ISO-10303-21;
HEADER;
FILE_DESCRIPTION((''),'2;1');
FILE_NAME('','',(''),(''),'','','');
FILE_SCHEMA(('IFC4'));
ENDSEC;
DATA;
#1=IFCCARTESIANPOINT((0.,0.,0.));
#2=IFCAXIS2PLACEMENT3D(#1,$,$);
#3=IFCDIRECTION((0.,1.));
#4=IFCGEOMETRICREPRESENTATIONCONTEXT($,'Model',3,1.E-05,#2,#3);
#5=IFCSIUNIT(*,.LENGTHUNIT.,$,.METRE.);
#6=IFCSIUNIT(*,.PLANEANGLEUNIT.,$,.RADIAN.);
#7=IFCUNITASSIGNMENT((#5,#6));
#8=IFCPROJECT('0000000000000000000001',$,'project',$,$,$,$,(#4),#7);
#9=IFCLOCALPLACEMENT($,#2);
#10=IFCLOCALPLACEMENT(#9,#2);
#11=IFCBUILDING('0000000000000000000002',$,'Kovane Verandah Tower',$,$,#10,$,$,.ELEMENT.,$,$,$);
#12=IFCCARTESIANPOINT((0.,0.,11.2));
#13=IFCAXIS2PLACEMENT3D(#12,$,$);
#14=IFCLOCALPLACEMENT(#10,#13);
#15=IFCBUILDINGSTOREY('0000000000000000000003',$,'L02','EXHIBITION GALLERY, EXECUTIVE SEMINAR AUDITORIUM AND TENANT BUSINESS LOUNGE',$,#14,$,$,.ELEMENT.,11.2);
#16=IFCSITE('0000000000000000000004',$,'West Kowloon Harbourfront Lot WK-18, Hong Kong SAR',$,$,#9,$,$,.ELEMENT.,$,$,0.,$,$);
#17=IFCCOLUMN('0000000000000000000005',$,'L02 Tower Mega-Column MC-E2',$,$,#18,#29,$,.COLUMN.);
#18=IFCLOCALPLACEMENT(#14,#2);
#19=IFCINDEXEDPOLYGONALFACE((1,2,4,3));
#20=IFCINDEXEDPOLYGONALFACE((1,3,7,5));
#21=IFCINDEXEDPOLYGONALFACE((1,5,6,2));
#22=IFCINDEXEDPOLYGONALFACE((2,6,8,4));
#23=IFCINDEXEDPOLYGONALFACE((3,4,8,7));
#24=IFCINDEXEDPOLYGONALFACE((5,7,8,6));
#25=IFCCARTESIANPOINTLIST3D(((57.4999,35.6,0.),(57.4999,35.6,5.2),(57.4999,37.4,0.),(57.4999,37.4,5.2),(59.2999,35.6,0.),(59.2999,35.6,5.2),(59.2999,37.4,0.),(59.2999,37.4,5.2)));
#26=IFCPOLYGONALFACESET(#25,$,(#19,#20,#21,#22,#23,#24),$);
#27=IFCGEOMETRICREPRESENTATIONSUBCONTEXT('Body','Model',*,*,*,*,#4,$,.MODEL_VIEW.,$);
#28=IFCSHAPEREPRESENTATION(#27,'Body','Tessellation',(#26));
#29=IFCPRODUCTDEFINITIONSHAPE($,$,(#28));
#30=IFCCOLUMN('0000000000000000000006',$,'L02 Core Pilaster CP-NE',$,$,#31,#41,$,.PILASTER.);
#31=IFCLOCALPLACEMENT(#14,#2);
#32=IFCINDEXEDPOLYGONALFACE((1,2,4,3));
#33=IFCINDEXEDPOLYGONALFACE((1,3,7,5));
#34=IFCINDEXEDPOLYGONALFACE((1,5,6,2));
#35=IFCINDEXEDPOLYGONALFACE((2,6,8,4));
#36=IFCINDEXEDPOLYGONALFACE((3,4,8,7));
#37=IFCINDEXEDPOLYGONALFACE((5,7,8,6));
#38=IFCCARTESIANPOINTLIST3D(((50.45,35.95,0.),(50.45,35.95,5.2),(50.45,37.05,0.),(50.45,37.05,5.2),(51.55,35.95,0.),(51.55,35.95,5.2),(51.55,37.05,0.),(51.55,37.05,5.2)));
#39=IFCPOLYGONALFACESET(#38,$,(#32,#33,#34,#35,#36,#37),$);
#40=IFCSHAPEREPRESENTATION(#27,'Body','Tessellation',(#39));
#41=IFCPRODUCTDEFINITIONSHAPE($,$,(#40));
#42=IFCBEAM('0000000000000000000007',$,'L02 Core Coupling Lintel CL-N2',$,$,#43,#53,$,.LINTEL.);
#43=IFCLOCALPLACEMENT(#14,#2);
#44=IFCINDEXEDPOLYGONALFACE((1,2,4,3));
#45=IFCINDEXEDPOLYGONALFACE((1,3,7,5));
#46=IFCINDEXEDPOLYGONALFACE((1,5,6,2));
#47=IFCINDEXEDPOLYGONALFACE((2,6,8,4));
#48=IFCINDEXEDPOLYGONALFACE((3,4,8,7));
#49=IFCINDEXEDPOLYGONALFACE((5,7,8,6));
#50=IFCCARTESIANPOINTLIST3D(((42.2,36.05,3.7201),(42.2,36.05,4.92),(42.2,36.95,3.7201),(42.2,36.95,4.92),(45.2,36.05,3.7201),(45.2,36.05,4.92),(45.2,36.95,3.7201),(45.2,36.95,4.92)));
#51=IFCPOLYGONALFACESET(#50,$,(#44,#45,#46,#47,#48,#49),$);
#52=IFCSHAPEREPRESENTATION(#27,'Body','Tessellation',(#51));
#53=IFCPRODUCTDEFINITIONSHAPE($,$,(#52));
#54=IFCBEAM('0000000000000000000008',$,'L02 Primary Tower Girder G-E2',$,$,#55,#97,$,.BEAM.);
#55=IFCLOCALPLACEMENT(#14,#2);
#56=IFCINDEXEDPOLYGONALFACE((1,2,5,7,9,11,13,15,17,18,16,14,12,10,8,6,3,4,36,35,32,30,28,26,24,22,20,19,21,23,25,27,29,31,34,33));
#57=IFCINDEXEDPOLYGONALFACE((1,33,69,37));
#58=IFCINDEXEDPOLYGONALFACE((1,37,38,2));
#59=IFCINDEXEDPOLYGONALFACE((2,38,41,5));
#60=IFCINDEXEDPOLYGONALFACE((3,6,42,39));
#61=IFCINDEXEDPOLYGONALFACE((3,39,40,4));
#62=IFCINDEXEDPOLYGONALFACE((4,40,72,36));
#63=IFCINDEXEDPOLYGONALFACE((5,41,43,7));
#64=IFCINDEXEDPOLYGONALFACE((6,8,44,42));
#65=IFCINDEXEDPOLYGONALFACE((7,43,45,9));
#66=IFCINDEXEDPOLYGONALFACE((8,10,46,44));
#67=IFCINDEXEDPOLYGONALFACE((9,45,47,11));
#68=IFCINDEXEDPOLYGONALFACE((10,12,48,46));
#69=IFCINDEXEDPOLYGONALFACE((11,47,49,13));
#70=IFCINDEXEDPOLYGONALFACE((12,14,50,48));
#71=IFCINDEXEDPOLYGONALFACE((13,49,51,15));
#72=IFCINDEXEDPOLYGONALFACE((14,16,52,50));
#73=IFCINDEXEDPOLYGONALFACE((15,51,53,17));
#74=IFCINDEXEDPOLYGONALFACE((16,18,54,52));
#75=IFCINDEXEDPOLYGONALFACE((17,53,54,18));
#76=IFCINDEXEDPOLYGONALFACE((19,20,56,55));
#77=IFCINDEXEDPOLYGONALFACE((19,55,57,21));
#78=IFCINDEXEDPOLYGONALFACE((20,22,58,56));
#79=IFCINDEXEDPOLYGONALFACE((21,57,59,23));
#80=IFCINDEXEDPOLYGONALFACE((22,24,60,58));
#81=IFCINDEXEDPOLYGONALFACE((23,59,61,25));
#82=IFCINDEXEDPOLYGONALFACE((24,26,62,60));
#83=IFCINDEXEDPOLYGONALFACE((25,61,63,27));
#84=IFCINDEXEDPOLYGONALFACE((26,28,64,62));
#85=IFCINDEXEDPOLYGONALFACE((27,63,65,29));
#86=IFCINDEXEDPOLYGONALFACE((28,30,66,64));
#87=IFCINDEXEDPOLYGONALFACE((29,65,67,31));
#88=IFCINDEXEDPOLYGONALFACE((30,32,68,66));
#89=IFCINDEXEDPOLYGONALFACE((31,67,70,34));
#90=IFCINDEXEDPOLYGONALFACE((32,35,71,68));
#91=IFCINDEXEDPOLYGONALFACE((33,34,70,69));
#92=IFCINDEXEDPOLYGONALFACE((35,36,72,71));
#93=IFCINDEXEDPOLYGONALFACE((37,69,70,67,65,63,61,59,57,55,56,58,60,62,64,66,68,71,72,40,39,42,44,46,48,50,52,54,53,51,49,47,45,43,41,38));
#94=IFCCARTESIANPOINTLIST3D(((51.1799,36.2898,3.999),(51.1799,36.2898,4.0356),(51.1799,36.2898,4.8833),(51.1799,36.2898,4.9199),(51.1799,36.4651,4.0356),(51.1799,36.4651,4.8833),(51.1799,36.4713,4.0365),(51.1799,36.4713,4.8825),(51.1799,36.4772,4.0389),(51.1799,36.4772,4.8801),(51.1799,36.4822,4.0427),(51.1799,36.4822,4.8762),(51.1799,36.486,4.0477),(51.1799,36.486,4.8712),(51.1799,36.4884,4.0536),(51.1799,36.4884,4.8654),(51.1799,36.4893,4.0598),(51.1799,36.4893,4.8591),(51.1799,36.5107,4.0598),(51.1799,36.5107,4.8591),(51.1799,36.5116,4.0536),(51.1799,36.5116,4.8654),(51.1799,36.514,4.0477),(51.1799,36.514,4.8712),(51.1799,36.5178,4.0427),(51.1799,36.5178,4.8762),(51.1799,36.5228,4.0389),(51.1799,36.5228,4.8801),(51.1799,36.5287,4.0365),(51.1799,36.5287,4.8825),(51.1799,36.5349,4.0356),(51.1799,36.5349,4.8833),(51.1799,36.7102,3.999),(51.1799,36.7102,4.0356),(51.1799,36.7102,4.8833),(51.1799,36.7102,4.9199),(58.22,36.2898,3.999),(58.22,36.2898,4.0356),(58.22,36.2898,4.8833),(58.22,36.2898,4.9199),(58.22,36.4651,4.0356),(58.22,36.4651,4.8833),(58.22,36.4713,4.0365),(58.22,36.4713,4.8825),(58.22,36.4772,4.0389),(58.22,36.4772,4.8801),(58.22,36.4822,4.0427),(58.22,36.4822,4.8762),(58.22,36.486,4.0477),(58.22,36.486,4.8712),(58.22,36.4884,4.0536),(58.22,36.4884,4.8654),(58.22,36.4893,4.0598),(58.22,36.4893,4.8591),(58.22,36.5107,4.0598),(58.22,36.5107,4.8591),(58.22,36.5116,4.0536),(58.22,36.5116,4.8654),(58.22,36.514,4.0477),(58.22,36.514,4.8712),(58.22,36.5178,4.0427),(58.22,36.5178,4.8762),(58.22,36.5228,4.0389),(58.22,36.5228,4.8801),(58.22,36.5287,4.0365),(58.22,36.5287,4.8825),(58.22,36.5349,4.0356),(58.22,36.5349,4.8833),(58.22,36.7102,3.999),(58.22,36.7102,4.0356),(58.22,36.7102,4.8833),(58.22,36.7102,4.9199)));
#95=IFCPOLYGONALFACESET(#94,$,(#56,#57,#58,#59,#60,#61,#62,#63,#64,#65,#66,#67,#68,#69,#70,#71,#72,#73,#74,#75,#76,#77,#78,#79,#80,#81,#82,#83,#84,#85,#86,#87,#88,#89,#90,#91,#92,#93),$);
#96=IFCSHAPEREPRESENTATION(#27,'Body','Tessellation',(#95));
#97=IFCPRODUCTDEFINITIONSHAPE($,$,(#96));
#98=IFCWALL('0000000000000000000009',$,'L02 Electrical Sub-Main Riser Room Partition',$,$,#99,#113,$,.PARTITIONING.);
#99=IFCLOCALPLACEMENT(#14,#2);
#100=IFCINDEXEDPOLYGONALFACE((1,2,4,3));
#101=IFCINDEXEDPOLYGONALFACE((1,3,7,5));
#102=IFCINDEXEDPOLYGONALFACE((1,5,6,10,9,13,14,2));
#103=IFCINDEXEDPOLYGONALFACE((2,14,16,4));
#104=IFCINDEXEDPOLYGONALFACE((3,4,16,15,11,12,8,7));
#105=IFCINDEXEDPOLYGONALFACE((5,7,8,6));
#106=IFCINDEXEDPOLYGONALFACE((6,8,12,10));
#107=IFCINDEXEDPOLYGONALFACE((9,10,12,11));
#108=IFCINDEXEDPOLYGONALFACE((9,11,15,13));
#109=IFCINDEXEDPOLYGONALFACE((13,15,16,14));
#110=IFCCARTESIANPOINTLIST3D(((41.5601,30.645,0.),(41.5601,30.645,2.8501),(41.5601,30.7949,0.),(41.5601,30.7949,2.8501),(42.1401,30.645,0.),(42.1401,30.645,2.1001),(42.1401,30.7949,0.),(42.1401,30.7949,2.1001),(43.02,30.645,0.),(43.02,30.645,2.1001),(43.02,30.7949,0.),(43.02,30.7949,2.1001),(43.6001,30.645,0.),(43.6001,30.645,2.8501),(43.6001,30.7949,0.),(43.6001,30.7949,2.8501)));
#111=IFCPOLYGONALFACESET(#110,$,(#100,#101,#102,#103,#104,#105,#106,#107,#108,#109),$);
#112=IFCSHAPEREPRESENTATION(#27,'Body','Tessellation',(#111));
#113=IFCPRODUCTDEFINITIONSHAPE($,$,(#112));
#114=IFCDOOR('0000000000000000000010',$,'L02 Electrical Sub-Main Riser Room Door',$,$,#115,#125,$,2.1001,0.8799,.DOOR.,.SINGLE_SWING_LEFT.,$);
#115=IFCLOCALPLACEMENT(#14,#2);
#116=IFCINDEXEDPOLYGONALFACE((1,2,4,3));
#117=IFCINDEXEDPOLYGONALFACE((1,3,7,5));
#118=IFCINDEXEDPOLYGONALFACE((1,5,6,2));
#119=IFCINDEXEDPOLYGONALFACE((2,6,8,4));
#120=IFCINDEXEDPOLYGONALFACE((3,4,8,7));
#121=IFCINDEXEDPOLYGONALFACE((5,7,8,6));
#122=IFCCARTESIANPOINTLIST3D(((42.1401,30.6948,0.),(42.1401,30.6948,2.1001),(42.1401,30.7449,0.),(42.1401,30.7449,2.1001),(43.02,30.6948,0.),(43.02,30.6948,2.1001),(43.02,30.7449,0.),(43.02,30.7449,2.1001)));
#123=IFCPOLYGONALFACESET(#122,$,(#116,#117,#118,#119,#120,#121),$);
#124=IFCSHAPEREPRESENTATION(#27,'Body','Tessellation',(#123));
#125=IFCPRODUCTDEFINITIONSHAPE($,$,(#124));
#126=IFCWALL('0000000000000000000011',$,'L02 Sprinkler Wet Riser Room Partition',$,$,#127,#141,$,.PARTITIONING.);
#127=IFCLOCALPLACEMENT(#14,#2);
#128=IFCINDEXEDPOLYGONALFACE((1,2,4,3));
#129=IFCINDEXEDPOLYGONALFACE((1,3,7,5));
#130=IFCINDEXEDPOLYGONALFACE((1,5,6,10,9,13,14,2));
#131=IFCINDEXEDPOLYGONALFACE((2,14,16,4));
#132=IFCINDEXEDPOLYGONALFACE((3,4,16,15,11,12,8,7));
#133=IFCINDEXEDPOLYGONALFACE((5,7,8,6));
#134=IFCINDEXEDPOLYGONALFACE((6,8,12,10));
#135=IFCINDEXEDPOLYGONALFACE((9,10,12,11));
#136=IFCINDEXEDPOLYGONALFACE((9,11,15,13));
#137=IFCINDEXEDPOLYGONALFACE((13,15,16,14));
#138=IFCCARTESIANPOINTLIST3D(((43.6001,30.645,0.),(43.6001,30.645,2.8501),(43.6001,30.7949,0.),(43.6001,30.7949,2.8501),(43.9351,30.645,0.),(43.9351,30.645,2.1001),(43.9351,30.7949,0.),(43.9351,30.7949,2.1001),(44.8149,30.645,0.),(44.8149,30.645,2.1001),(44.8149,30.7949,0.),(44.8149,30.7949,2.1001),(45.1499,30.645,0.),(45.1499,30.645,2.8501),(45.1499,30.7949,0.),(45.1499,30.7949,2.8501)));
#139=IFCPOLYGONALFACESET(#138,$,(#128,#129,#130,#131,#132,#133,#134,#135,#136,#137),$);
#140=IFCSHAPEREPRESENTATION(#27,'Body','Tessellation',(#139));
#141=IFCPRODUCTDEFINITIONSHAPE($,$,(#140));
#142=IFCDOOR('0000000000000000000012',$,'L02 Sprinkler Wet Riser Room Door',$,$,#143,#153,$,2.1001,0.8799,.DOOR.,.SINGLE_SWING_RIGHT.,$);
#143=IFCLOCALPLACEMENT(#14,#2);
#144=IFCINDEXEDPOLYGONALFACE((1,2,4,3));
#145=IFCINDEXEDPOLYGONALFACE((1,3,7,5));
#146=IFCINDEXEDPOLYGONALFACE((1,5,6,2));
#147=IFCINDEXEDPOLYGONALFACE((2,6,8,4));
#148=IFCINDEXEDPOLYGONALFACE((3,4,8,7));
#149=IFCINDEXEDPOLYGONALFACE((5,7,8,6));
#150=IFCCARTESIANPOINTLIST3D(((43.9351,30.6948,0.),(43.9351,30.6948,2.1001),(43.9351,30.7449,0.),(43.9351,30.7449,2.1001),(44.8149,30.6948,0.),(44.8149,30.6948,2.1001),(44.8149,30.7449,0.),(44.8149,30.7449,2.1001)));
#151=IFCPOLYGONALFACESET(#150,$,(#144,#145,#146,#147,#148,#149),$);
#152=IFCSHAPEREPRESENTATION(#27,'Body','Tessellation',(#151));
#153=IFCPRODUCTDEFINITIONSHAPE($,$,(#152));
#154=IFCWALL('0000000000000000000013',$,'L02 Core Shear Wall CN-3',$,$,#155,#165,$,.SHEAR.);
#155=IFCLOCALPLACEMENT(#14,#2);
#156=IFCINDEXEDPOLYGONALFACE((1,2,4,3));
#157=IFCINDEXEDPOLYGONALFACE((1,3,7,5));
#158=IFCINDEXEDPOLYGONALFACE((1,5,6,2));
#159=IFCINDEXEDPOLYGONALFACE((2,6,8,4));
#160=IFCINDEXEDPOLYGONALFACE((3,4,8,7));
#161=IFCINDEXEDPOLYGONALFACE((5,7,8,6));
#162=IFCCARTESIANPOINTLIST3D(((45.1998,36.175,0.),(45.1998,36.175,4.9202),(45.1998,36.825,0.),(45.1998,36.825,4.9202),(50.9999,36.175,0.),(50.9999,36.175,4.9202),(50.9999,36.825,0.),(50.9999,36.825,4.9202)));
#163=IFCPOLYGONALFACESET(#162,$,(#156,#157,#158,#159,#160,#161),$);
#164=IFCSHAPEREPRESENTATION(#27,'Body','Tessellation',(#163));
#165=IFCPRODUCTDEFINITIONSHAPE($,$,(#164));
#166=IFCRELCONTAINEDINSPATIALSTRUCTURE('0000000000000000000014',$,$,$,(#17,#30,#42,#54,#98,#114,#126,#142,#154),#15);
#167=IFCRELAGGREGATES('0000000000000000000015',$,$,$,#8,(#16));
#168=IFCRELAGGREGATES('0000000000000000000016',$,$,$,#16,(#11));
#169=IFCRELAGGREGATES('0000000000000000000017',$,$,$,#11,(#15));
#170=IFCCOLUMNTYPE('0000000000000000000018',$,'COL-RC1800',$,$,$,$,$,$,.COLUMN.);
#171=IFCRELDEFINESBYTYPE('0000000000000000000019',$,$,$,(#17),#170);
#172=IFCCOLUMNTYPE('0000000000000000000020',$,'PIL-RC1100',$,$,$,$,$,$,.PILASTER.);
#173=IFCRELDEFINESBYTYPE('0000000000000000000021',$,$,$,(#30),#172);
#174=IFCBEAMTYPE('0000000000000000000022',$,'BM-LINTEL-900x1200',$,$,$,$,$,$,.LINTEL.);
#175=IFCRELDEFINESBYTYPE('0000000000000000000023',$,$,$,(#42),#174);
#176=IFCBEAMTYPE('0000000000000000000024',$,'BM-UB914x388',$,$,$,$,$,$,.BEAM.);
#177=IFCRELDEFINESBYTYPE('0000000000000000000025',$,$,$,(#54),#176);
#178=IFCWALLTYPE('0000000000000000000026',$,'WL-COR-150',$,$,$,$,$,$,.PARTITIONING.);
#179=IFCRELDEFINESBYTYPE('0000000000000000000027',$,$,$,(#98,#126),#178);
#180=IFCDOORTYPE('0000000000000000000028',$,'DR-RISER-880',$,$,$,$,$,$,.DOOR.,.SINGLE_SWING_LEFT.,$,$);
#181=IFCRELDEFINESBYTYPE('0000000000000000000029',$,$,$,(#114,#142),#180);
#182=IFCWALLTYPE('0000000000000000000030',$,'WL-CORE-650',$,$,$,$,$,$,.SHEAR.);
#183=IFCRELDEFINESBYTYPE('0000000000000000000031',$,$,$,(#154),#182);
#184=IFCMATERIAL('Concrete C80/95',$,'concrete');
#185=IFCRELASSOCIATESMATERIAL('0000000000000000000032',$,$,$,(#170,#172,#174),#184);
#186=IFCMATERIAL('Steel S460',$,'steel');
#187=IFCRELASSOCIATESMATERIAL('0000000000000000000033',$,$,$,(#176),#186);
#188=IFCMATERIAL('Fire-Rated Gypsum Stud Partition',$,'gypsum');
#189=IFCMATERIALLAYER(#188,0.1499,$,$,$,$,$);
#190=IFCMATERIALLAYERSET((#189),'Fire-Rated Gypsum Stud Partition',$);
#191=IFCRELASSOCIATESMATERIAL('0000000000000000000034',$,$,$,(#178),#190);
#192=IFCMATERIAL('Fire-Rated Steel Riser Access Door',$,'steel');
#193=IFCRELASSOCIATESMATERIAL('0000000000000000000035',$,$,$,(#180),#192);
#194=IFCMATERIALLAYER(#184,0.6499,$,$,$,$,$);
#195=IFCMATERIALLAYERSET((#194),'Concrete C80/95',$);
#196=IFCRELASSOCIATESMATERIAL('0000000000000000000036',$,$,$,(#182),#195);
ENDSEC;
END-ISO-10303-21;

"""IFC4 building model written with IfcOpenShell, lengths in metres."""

from ifc_helpers import new_model, si_unit, direction, frame, frame_2d, origin, origin_2d, place, context, subcontext, project, spatial, rectangle, i_section, extrude, material, layer, layer_set, material_profile, profile_set, type_object, element, fill, save


model = new_model("IFC4")

# Units and contexts
model_context = context("Model", 3, precision=1e-05, world=origin(), true_north=direction((0.0, 1.0)))
body_context = subcontext(model_context, "Body", "Model", "MODEL_VIEW")
ifc_project = project(units=[si_unit("LENGTHUNIT", "METRE"), si_unit("PLANEANGLEUNIT", "RADIAN")], contexts=[model_context])

# Site, building, storey
site_placement = place(None, origin())
site = spatial("IfcSite", under=ifc_project, at=site_placement, Name="West Kowloon Harbourfront Lot WK-18, Hong Kong SAR", CompositionType="ELEMENT", RefElevation=0.0)
building_placement = place(site_placement, origin())
building = spatial("IfcBuilding", under=site, at=building_placement, Name="Kovane Verandah Tower", CompositionType="ELEMENT")
storey_placement = place(building_placement, frame((0.0, 0.0, 11.2)))
storey = spatial("IfcBuildingStorey", under=building, at=storey_placement, Name="L02", Description="EXHIBITION GALLERY, EXECUTIVE SEMINAR AUDITORIUM AND TENANT BUSINESS LOUNGE", CompositionType="ELEMENT", Elevation=11.2)

# Columns
ifc_material_1 = material(Name="Concrete C80/95", Category="concrete")
ifc_material_profile_1 = material_profile(ifc_material_1, rectangle(XDim=1.8, YDim=1.8, at=origin_2d()), Name="RC1800x1800")
ifc_profile_set_1 = profile_set([ifc_material_profile_1], Name="Concrete C80/95")
column_type_1 = type_object("IfcColumnType", Name="COL-RC1800", PredefinedType="COLUMN", material=ifc_profile_set_1)
column_1_placement = place(storey_placement, frame((58.3999, 36.5, 0.0), z_axis=(0.0, 0.0, 1.0), x_axis=(1.0, 0.0, 0.0)))
element("IfcColumn", 1, at=column_1_placement, inside=storey, type_object=column_type_1, Name="L02 Tower Mega-Column MC-E2", PredefinedType="COLUMN", context=body_context, shape_type="SweptSolid", body=[
    extrude(rectangle(XDim=1.8, YDim=1.8, at=origin_2d()), origin(), (0.0, 0.0, 1.0), 5.2),
])
ifc_material_profile_2 = material_profile(ifc_material_1, rectangle(XDim=1.1001, YDim=1.1001, at=origin_2d()), Name="RC1100x1100")
ifc_profile_set_2 = profile_set([ifc_material_profile_2], Name="Concrete C80/95")
column_type_2 = type_object("IfcColumnType", Name="PIL-RC1100", PredefinedType="PILASTER", material=ifc_profile_set_2)
column_2_placement = place(storey_placement, frame((51.0, 36.5, 0.0), z_axis=(0.0, 0.0, 1.0), x_axis=(1.0, 0.0, 0.0)))
element("IfcColumn", 2, at=column_2_placement, inside=storey, type_object=column_type_2, Name="L02 Core Pilaster CP-NE", PredefinedType="PILASTER", context=body_context, shape_type="SweptSolid", body=[
    extrude(rectangle(XDim=1.1001, YDim=1.1001, at=origin_2d()), origin(), (0.0, 0.0, 1.0), 5.2),
])

# Beams
ifc_material_profile_3 = material_profile(ifc_material_1, rectangle(XDim=0.8999, YDim=1.2, at=origin_2d()), Name="RCB900x1200")
ifc_profile_set_3 = profile_set([ifc_material_profile_3], Name="Concrete C80/95")
beam_type_1 = type_object("IfcBeamType", Name="BM-LINTEL-900x1200", PredefinedType="LINTEL", material=ifc_profile_set_3)
beam_1_placement = place(storey_placement, frame((42.2, 36.5, 4.3201), z_axis=(1.0, 0.0, 0.0), x_axis=(0.0, 1.0, 0.0)))
element("IfcBeam", 3, at=beam_1_placement, inside=storey, type_object=beam_type_1, Name="L02 Core Coupling Lintel CL-N2", PredefinedType="LINTEL", context=body_context, shape_type="SweptSolid", body=[
    extrude(rectangle(XDim=0.8999, YDim=1.2, at=origin_2d()), origin(), (0.0, 0.0, 1.0), 3.0),
])
ifc_material_2 = material(Name="Steel S460", Category="steel")
ifc_material_profile_4 = material_profile(ifc_material_2, i_section(OverallWidth=0.4204, OverallDepth=0.9209, WebThickness=0.0215, FlangeThickness=0.0366, FilletRadius=0.0242, at=origin_2d()), Name="UB914x419x388")
ifc_profile_set_4 = profile_set([ifc_material_profile_4], Name="Steel S460")
beam_type_2 = type_object("IfcBeamType", Name="BM-UB914x388", PredefinedType="BEAM", material=ifc_profile_set_4)
beam_2_placement = place(storey_placement, frame((51.1799, 36.5, 4.4595), z_axis=(1.0, 0.0, 0.0), x_axis=(0.0, 1.0, 0.0)))
element("IfcBeam", 4, at=beam_2_placement, inside=storey, type_object=beam_type_2, Name="L02 Primary Tower Girder G-E2", PredefinedType="BEAM", context=body_context, shape_type="SweptSolid", body=[
    extrude(i_section(OverallWidth=0.4204, OverallDepth=0.9209, WebThickness=0.0215, FlangeThickness=0.0366, FilletRadius=0.0242, at=origin_2d()), origin(), (0.0, 0.0, 1.0), 7.04),
])

# Walls, openings, doors
ifc_material_3 = material(Name="Fire-Rated Gypsum Stud Partition", Category="gypsum")
ifc_layer_1 = layer(ifc_material_3, 0.1499)
ifc_layer_set_1 = layer_set([ifc_layer_1], Name="Fire-Rated Gypsum Stud Partition")
wall_type_1 = type_object("IfcWallType", Name="WL-COR-150", PredefinedType="PARTITIONING", material=ifc_layer_set_1)
wall_1_placement = place(storey_placement, frame((41.5601, 30.72, 0.0), z_axis=(0.0, 0.0, 1.0), x_axis=(1.0, 0.0, 0.0)))
wall_1 = element("IfcWall", 5, at=wall_1_placement, inside=storey, type_object=wall_type_1, Name="L02 Electrical Sub-Main Riser Room Partition", PredefinedType="PARTITIONING", context=body_context, shape_type="SweptSolid", body=[
    extrude(rectangle(XDim=2.04, YDim=0.1499, at=frame_2d((1.02, 0.0))), origin(), (0.0, 0.0, 1.0), 2.8501),
])
opening_1_placement = place(wall_1_placement, frame((0.5801, 0.0, 0.0)))
opening_1 = element("IfcOpeningElement", 6, at=opening_1_placement, cuts=wall_1, PredefinedType="OPENING", context=body_context, shape_type="SweptSolid", body=[
    extrude(rectangle(XDim=0.8799, YDim=2.1001, at=frame_2d((0.4399, 1.05))), frame((0.0, 0.075, 0.0), z_axis=(0.0, -1.0, 0.0), x_axis=(1.0, 0.0, 0.0)), (0.0, 0.0, 1.0), 0.1499),
])
ifc_material_4 = material(Name="Fire-Rated Steel Riser Access Door", Category="steel")
door_type_1 = type_object("IfcDoorType", Name="DR-RISER-880", OperationType="SINGLE_SWING_LEFT", PredefinedType="DOOR", material=ifc_material_4)
door_1_placement = place(opening_1_placement, origin())
door_1 = element("IfcDoor", 7, at=door_1_placement, inside=storey, type_object=door_type_1, Name="L02 Electrical Sub-Main Riser Room Door", OperationType="SINGLE_SWING_LEFT", OverallHeight=2.1001, OverallWidth=0.8799, PredefinedType="DOOR", context=body_context, shape_type="SweptSolid", body=[
    extrude(rectangle(XDim=0.8799, YDim=2.1001, at=frame_2d((0.4399, 1.05))), frame((0.0, 0.0249, 0.0), z_axis=(0.0, -1.0, 0.0), x_axis=(1.0, 0.0, 0.0)), (0.0, 0.0, 1.0), 0.05),
])
fill(opening_1, door_1)
wall_2_placement = place(storey_placement, frame((43.6001, 30.72, 0.0), z_axis=(0.0, 0.0, 1.0), x_axis=(1.0, 0.0, 0.0)))
wall_2 = element("IfcWall", 8, at=wall_2_placement, inside=storey, type_object=wall_type_1, Name="L02 Sprinkler Wet Riser Room Partition", PredefinedType="PARTITIONING", context=body_context, shape_type="SweptSolid", body=[
    extrude(rectangle(XDim=1.5498, YDim=0.1499, at=frame_2d((0.7749, 0.0))), origin(), (0.0, 0.0, 1.0), 2.8501),
])
opening_2_placement = place(wall_2_placement, frame((0.335, 0.0, 0.0)))
opening_2 = element("IfcOpeningElement", 9, at=opening_2_placement, cuts=wall_2, PredefinedType="OPENING", context=body_context, shape_type="SweptSolid", body=[
    extrude(rectangle(XDim=0.8799, YDim=2.1001, at=frame_2d((0.4399, 1.05))), frame((0.0, 0.075, 0.0), z_axis=(0.0, -1.0, 0.0), x_axis=(1.0, 0.0, 0.0)), (0.0, 0.0, 1.0), 0.1499),
])
door_2_placement = place(opening_2_placement, origin())
door_2 = element("IfcDoor", 10, at=door_2_placement, inside=storey, type_object=door_type_1, Name="L02 Sprinkler Wet Riser Room Door", OperationType="SINGLE_SWING_RIGHT", OverallHeight=2.1001, OverallWidth=0.8799, PredefinedType="DOOR", context=body_context, shape_type="SweptSolid", body=[
    extrude(rectangle(XDim=0.8799, YDim=2.1001, at=frame_2d((0.4399, 1.05))), frame((0.0, 0.0249, 0.0), z_axis=(0.0, -1.0, 0.0), x_axis=(1.0, 0.0, 0.0)), (0.0, 0.0, 1.0), 0.05),
])
fill(opening_2, door_2)
ifc_layer_2 = layer(ifc_material_1, 0.6499)
ifc_layer_set_2 = layer_set([ifc_layer_2], Name="Concrete C80/95")
wall_type_2 = type_object("IfcWallType", Name="WL-CORE-650", PredefinedType="SHEAR", material=ifc_layer_set_2)

# Wall
wall_3_placement = place(storey_placement, frame((45.2, 36.5, 0.0), z_axis=(0.0, 0.0, 1.0), x_axis=(1.0, 0.0, 0.0)))
element("IfcWall", 11, at=wall_3_placement, inside=storey, type_object=wall_type_2, Name="L02 Core Shear Wall CN-3", PredefinedType="SHEAR", context=body_context, shape_type="SweptSolid", body=[
    extrude(rectangle(XDim=5.8, YDim=0.6499, at=frame_2d((2.8999, 0.0))), origin(), (0.0, 0.0, 1.0), 4.9202),
])

save(model, "model.ifc")
